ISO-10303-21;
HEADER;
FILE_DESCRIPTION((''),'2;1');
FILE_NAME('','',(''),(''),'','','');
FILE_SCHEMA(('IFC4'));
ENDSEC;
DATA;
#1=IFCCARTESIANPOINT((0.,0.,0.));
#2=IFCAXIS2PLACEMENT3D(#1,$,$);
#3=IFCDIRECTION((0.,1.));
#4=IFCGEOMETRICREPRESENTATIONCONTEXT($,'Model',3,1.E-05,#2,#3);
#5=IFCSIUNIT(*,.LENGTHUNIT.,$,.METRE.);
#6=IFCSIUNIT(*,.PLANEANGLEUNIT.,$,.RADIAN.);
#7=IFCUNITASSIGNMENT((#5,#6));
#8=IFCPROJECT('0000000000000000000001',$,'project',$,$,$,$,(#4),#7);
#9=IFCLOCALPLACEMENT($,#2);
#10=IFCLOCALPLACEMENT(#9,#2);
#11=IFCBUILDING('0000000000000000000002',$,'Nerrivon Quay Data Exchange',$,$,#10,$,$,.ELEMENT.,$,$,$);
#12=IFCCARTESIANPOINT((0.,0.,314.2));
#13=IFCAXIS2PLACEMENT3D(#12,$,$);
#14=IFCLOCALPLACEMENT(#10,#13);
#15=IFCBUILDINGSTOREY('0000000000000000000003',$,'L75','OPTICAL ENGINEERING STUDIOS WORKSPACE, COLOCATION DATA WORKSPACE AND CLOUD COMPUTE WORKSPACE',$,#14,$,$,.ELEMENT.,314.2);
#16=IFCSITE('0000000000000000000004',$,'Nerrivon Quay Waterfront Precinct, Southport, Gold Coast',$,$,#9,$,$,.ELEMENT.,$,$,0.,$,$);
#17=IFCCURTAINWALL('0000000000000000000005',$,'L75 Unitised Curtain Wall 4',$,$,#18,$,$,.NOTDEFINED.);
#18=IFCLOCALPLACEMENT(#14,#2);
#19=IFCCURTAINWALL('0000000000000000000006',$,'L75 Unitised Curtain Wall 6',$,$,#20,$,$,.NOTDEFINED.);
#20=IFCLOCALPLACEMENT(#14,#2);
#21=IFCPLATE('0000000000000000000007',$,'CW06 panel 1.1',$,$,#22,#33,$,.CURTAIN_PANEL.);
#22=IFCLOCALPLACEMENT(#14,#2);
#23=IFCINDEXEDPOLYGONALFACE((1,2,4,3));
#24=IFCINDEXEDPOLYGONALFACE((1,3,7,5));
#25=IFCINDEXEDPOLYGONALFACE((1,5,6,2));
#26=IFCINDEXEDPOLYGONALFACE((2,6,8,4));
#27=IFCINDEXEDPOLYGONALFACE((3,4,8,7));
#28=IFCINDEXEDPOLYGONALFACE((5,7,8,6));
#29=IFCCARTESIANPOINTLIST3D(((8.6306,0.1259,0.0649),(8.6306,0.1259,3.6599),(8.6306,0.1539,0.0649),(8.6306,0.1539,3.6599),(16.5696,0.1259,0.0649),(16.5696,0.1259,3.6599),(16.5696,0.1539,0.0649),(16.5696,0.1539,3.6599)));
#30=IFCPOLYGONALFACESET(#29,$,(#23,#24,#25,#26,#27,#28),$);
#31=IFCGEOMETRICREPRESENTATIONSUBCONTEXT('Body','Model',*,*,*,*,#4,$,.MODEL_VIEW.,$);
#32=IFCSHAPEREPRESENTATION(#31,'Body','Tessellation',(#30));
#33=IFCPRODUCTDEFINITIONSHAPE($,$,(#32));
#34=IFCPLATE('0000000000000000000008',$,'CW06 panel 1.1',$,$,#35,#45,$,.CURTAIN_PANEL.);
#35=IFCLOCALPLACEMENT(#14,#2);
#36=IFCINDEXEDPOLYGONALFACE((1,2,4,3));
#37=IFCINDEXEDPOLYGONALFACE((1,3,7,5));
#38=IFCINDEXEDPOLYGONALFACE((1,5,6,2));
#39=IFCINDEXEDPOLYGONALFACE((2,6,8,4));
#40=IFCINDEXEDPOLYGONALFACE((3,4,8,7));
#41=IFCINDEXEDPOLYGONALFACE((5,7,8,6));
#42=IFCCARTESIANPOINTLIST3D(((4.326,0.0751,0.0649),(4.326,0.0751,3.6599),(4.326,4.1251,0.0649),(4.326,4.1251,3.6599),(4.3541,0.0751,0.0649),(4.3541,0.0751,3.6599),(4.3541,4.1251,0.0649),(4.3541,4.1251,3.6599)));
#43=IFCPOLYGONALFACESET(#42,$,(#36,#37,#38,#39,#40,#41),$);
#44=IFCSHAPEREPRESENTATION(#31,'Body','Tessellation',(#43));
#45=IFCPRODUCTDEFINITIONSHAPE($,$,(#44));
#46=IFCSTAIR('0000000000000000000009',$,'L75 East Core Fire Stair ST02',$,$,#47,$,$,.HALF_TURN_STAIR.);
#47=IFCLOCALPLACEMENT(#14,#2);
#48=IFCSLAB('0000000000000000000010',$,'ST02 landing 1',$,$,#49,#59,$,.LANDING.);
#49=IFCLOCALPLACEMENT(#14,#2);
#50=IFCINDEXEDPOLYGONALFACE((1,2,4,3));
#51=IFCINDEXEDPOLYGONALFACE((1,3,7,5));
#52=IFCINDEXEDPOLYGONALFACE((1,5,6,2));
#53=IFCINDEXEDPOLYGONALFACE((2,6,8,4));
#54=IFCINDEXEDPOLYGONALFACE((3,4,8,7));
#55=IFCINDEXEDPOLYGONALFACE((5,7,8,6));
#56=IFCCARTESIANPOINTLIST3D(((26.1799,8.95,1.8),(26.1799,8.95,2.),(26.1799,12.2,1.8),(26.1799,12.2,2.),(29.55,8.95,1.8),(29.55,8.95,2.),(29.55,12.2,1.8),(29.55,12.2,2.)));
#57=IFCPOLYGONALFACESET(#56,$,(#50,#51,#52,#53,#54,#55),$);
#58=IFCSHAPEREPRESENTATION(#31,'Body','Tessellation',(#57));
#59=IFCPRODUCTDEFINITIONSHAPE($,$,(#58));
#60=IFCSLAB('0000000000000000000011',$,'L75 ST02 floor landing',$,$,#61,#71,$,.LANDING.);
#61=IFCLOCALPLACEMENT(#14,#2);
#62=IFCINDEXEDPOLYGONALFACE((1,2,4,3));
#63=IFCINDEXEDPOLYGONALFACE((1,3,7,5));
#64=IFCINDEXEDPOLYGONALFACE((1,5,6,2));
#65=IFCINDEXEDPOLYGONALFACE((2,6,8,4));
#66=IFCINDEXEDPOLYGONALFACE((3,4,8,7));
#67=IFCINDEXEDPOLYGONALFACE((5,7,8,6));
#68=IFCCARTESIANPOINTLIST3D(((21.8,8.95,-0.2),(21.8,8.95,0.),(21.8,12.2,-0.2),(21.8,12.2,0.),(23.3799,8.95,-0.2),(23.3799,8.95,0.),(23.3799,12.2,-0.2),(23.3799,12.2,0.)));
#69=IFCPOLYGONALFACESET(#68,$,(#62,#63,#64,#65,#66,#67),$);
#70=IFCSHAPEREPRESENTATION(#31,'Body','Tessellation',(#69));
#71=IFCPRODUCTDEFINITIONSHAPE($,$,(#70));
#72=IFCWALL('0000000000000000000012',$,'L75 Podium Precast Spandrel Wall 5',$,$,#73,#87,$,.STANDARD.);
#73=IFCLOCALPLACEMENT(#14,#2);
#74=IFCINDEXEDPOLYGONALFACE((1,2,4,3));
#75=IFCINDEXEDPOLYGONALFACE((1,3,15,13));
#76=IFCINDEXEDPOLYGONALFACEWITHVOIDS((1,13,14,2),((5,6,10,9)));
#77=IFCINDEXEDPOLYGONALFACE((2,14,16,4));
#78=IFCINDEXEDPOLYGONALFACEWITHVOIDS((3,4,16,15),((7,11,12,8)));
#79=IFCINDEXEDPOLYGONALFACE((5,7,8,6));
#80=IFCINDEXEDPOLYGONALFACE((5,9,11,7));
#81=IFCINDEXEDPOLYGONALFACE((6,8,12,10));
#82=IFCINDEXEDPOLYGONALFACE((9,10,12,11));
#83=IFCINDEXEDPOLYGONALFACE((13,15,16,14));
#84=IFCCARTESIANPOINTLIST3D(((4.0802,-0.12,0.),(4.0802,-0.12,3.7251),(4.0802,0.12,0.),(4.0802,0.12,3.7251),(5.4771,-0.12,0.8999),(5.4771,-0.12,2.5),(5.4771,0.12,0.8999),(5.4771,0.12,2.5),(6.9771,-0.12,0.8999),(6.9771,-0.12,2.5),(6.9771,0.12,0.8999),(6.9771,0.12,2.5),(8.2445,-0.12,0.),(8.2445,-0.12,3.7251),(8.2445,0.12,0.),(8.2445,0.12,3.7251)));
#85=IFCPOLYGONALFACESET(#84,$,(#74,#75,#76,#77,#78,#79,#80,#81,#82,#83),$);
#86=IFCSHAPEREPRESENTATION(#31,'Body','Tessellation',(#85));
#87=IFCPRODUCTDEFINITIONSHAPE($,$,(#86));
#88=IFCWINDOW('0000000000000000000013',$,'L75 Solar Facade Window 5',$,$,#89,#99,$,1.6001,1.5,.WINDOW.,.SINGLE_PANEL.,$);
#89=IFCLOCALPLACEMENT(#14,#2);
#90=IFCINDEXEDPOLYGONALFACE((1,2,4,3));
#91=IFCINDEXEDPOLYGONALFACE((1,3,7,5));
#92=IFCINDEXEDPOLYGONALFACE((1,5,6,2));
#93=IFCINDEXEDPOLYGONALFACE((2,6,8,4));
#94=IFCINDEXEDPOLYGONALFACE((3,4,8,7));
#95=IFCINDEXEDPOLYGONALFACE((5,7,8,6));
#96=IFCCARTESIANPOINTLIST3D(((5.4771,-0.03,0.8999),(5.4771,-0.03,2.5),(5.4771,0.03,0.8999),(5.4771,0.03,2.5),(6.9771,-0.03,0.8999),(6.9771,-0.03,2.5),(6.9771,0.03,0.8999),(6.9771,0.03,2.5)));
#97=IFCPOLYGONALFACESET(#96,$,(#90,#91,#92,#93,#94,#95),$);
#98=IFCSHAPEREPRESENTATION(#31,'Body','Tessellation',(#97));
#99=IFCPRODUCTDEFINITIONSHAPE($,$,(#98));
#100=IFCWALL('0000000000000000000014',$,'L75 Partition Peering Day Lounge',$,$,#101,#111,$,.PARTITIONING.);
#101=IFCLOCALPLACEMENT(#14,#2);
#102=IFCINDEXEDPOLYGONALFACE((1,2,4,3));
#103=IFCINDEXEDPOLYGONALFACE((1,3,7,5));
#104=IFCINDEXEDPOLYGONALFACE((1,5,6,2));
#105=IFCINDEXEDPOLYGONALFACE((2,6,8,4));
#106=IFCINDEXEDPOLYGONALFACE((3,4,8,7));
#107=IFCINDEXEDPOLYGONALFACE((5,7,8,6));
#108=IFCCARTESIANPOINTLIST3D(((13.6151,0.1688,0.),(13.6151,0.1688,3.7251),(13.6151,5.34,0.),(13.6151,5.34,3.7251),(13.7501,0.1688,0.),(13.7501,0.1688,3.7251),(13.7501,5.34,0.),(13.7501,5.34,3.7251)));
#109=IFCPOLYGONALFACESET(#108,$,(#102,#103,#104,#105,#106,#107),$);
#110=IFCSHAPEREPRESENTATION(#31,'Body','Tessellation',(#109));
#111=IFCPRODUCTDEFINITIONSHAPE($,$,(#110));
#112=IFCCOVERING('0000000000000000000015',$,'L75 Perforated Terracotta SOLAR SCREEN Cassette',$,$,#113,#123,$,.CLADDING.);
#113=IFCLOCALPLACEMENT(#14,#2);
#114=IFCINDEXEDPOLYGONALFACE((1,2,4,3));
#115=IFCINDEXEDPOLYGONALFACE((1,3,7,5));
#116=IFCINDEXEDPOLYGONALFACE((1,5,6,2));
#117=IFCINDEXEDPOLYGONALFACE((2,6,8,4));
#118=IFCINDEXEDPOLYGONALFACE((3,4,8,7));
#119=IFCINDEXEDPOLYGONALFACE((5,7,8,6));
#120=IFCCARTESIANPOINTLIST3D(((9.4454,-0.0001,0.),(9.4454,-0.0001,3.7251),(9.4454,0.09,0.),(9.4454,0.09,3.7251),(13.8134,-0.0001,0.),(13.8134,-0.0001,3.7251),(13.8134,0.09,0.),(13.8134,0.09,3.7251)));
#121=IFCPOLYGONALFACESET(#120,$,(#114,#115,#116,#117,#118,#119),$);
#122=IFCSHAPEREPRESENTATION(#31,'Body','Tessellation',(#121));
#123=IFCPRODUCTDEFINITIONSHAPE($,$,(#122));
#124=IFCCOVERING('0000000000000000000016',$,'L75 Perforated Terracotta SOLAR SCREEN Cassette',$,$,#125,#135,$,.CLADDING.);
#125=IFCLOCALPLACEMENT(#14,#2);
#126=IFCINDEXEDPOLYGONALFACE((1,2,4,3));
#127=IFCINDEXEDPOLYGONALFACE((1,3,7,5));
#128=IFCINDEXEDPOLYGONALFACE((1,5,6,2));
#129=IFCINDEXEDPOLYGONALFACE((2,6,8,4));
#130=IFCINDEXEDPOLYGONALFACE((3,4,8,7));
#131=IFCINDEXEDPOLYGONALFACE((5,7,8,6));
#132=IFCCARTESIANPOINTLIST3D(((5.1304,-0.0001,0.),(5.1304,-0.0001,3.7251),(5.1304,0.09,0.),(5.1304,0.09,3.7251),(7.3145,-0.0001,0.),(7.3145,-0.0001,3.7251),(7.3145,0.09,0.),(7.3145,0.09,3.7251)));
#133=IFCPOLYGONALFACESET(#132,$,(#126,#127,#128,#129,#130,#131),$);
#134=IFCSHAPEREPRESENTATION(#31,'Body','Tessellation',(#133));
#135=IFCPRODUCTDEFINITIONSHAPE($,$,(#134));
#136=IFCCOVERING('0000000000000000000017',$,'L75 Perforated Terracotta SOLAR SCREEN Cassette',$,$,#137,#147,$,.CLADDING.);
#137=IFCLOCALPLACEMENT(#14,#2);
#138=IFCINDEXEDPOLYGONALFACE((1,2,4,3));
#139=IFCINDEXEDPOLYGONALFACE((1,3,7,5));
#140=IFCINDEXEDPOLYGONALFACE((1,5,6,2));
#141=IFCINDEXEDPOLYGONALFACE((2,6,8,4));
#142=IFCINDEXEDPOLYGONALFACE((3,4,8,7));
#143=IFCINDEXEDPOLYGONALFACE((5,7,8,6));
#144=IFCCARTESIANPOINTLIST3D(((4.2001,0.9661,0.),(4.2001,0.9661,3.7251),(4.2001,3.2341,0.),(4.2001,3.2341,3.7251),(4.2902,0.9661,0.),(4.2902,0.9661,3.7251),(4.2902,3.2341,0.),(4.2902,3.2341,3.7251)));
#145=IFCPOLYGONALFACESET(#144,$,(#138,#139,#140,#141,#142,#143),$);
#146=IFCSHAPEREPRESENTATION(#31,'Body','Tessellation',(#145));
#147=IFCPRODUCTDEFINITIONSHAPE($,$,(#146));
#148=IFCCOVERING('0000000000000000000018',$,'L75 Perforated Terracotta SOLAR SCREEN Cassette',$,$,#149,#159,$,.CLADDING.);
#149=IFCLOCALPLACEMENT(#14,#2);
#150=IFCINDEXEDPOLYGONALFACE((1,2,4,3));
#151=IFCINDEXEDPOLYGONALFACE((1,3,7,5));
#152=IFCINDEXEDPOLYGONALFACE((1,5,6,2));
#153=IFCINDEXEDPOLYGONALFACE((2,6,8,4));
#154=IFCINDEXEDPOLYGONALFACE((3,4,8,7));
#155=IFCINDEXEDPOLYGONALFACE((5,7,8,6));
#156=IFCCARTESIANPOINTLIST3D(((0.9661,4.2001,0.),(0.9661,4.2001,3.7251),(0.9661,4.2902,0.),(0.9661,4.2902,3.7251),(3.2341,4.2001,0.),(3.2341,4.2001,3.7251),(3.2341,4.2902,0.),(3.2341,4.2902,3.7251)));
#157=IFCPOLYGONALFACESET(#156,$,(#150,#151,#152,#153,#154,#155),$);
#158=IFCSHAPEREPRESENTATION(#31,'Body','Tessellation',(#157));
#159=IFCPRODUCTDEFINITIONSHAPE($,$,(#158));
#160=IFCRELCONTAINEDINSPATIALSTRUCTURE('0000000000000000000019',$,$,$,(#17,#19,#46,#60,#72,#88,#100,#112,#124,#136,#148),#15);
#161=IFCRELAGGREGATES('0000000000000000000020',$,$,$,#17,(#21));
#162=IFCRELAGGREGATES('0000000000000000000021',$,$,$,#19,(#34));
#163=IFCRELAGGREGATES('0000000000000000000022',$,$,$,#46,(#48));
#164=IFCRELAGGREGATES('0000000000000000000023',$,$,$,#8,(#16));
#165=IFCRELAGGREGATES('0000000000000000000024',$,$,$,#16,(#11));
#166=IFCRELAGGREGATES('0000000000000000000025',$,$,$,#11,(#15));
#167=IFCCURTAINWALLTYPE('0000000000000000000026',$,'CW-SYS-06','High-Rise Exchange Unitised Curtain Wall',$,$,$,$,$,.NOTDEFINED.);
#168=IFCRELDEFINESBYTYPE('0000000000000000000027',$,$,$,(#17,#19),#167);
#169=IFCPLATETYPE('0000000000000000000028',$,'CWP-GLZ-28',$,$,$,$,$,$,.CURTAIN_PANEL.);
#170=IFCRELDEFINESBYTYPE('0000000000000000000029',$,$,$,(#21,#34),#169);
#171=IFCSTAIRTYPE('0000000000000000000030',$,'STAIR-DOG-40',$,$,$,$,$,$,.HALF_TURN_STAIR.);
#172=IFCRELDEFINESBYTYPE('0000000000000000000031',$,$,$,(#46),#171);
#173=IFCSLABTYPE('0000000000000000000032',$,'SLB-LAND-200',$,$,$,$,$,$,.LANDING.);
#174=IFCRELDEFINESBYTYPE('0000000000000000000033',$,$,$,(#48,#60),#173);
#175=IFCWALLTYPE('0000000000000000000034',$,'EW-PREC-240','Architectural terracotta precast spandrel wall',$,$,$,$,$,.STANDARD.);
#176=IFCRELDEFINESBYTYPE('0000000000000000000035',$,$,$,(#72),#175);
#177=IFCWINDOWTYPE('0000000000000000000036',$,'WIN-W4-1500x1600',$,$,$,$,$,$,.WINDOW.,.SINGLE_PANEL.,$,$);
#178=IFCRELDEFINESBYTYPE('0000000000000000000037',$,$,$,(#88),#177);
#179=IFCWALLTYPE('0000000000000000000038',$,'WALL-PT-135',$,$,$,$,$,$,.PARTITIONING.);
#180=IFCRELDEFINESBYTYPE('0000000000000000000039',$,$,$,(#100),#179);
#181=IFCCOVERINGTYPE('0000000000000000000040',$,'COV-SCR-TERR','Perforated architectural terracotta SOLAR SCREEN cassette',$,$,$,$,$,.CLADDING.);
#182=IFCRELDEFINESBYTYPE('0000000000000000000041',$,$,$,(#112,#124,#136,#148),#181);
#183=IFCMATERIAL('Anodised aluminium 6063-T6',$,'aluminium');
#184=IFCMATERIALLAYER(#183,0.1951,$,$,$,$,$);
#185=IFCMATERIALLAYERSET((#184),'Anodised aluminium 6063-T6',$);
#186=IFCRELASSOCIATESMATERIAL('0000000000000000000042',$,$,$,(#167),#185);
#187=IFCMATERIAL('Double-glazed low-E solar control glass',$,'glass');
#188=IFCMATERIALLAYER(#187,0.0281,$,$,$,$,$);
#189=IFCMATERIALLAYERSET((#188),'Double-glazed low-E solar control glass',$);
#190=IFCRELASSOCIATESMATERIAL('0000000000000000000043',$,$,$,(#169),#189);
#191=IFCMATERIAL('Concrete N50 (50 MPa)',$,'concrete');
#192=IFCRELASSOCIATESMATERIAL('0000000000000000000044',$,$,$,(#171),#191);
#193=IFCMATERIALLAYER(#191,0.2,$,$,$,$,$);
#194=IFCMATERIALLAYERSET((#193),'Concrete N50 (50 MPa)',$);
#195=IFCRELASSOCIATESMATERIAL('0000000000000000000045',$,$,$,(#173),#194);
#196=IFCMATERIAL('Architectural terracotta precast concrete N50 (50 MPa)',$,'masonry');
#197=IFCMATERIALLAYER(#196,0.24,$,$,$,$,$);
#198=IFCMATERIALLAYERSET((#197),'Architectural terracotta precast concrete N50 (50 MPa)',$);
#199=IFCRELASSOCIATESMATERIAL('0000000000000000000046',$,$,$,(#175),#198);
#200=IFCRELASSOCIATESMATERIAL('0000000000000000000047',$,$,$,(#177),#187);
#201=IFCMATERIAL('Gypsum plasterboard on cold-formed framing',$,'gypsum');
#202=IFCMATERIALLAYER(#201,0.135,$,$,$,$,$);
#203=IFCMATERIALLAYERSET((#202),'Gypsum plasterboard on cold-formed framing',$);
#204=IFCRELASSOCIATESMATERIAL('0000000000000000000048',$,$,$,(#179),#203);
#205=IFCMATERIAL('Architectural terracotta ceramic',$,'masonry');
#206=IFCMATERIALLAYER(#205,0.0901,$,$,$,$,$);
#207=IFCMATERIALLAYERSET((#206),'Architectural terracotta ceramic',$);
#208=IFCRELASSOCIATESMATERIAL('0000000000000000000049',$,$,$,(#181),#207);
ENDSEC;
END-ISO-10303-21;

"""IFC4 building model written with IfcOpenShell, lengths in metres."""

from ifc_helpers import new_model, si_unit, direction, frame, frame_2d, origin, origin_2d, place, context, subcontext, project, spatial, polyline, rectangle, outline, extrude, material, layer, layer_set, type_object, element, fill, aggregate, save


model = new_model("IFC4")

# Units and contexts
model_context = context("Model", 3, precision=1e-05, world=origin(), true_north=direction((0.0, 1.0)))
body_context = subcontext(model_context, "Body", "Model", "MODEL_VIEW")
ifc_project = project(units=[si_unit("LENGTHUNIT", "METRE"), si_unit("PLANEANGLEUNIT", "RADIAN")], contexts=[model_context])

# Site, building, storey
site_placement = place(None, origin())
site = spatial("IfcSite", under=ifc_project, at=site_placement, Name="Nerrivon Quay Waterfront Precinct, Southport, Gold Coast", CompositionType="ELEMENT", RefElevation=0.0)
building_placement = place(site_placement, origin())
building = spatial("IfcBuilding", under=site, at=building_placement, Name="Nerrivon Quay Data Exchange", CompositionType="ELEMENT")
storey_placement = place(building_placement, frame((0.0, 0.0, 314.2)))
storey = spatial("IfcBuildingStorey", under=building, at=storey_placement, Name="L75", Description="OPTICAL ENGINEERING STUDIOS WORKSPACE, COLOCATION DATA WORKSPACE AND CLOUD COMPUTE WORKSPACE", CompositionType="ELEMENT", Elevation=314.2)

# Curtain wall
ifc_material_1 = material(Name="Anodised aluminium 6063-T6", Category="aluminium")
ifc_layer_1 = layer(ifc_material_1, 0.1951)
ifc_layer_set_1 = layer_set([ifc_layer_1], Name="Anodised aluminium 6063-T6")
curtain_wall_type = type_object("IfcCurtainWallType", Name="CW-SYS-06", Description="High-Rise Exchange Unitised Curtain Wall", PredefinedType="NOTDEFINED", material=ifc_layer_set_1)
curtain_wall_1_placement = place(storey_placement, origin())
curtain_wall_1 = element("IfcCurtainWall", 1, at=curtain_wall_1_placement, inside=storey, type_object=curtain_wall_type, Name="L75 Unitised Curtain Wall 4", PredefinedType="NOTDEFINED")

# Curtain wall
curtain_wall_2_placement = place(storey_placement, origin())
curtain_wall_2 = element("IfcCurtainWall", 2, at=curtain_wall_2_placement, inside=storey, type_object=curtain_wall_type, Name="L75 Unitised Curtain Wall 6", PredefinedType="NOTDEFINED")

# Plates
ifc_material_2 = material(Name="Double-glazed low-E solar control glass", Category="glass")
ifc_layer_2 = layer(ifc_material_2, 0.0281)
ifc_layer_set_2 = layer_set([ifc_layer_2], Name="Double-glazed low-E solar control glass")
plate_type = type_object("IfcPlateType", Name="CWP-GLZ-28", PredefinedType="CURTAIN_PANEL", material=ifc_layer_set_2)
plate_1_placement = place(storey_placement, frame((12.6001, 0.1399, 0.0649), z_axis=(0.0, 0.0, 1.0), x_axis=(-1.0, 0.0, 0.0)))
plate_1 = element("IfcPlate", 3, at=plate_1_placement, type_object=plate_type, Name="CW06 panel 1.1", PredefinedType="CURTAIN_PANEL", context=body_context, shape_type="SweptSolid", body=[
    extrude(rectangle(XDim=7.939, YDim=0.0281, at=origin_2d()), origin(), (0.0, 0.0, 1.0), 3.595),
])
aggregate(curtain_wall_1, [plate_1])
plate_2_placement = place(storey_placement, frame((4.3401, 2.1001, 0.0649), z_axis=(0.0, 0.0, 1.0), x_axis=(0.0, 1.0, 0.0)))
plate_2 = element("IfcPlate", 4, at=plate_2_placement, type_object=plate_type, Name="CW06 panel 1.1", PredefinedType="CURTAIN_PANEL", context=body_context, shape_type="SweptSolid", body=[
    extrude(rectangle(XDim=4.05, YDim=0.0281, at=origin_2d()), origin(), (0.0, 0.0, 1.0), 3.595),
])
aggregate(curtain_wall_2, [plate_2])

# Stair, slab
ifc_material_3 = material(Name="Concrete N50 (50 MPa)", Category="concrete")
stair_type = type_object("IfcStairType", Name="STAIR-DOG-40", PredefinedType="HALF_TURN_STAIR", material=ifc_material_3)
stair_placement = place(storey_placement, origin())
stair = element("IfcStair", 5, at=stair_placement, inside=storey, type_object=stair_type, Name="L75 East Core Fire Stair ST02", PredefinedType="HALF_TURN_STAIR")
ifc_layer_3 = layer(ifc_material_3, 0.2)
ifc_layer_set_3 = layer_set([ifc_layer_3], Name="Concrete N50 (50 MPa)")
slab_type = type_object("IfcSlabType", Name="SLB-LAND-200", PredefinedType="LANDING", material=ifc_layer_set_3)
slab_1_placement = place(storey_placement, frame((0.0, 0.0, 1.8)))
slab_1 = element("IfcSlab", 6, at=slab_1_placement, type_object=slab_type, Name="ST02 landing 1", PredefinedType="LANDING", context=body_context, shape_type="SweptSolid", body=[
    extrude(outline(polyline([(26.1799, 8.95), (29.55, 8.95), (29.55, 12.2), (26.1799, 12.2), (26.1799, 8.95)])), origin(), (0.0, 0.0, 1.0), 0.2),
])
aggregate(stair, [slab_1])

# Slab
slab_2_placement = place(storey_placement, frame((0.0, 0.0, -0.2)))
element("IfcSlab", 7, at=slab_2_placement, inside=storey, type_object=slab_type, Name="L75 ST02 floor landing", PredefinedType="LANDING", context=body_context, shape_type="SweptSolid", body=[
    extrude(outline(polyline([(21.8, 8.95), (23.3799, 8.95), (23.3799, 12.2), (21.8, 12.2), (21.8, 8.95)])), origin(), (0.0, 0.0, 1.0), 0.2),
])

# Wall, opening, window
ifc_material_4 = material(Name="Architectural terracotta precast concrete N50 (50 MPa)", Category="masonry")
ifc_layer_4 = layer(ifc_material_4, 0.24)
ifc_layer_set_4 = layer_set([ifc_layer_4], Name="Architectural terracotta precast concrete N50 (50 MPa)")
wall_type_1 = type_object("IfcWallType", Name="EW-PREC-240", Description="Architectural terracotta precast spandrel wall", PredefinedType="STANDARD", material=ifc_layer_set_4)
wall_1_placement = place(storey_placement, frame((8.2444, 0.0, 0.0), z_axis=(0.0, 0.0, 1.0), x_axis=(-1.0, 0.0, 0.0)))
wall_1 = element("IfcWall", 8, at=wall_1_placement, inside=storey, type_object=wall_type_1, Name="L75 Podium Precast Spandrel Wall 5", PredefinedType="STANDARD", context=body_context, shape_type="SweptSolid", body=[
    extrude(rectangle(XDim=4.1643, YDim=0.24, at=frame_2d((2.082, 0.0))), origin(), (0.0, 0.0, 1.0), 3.7251),
])
opening_placement = place(wall_1_placement, frame((1.2673, 0.0, 0.8999)))
opening = element("IfcOpeningElement", 9, at=opening_placement, cuts=wall_1, PredefinedType="OPENING", context=body_context, shape_type="SweptSolid", body=[
    extrude(rectangle(XDim=1.5, YDim=1.6001, at=frame_2d((0.75, 0.8))), frame((0.0, 0.1299, 0.0), z_axis=(0.0, -1.0, 0.0), x_axis=(1.0, 0.0, 0.0)), (0.0, 0.0, 1.0), 0.26),
])
window_type = type_object("IfcWindowType", Name="WIN-W4-1500x1600", PartitioningType="SINGLE_PANEL", PredefinedType="WINDOW", material=ifc_material_2)
window_placement = place(opening_placement, origin())
window = element("IfcWindow", 10, at=window_placement, inside=storey, type_object=window_type, Name="L75 Solar Facade Window 5", OverallHeight=1.6001, OverallWidth=1.5, PartitioningType="SINGLE_PANEL", PredefinedType="WINDOW", context=body_context, shape_type="SweptSolid", body=[
    extrude(rectangle(XDim=1.5, YDim=1.6001, at=frame_2d((0.75, 0.8))), frame((0.0, 0.03, 0.0), z_axis=(0.0, -1.0, 0.0), x_axis=(1.0, 0.0, 0.0)), (0.0, 0.0, 1.0), 0.0601),
])
fill(opening, window)

# Wall
ifc_material_5 = material(Name="Gypsum plasterboard on cold-formed framing", Category="gypsum")
ifc_layer_5 = layer(ifc_material_5, 0.135)
ifc_layer_set_5 = layer_set([ifc_layer_5], Name="Gypsum plasterboard on cold-formed framing")
wall_type_2 = type_object("IfcWallType", Name="WALL-PT-135", PredefinedType="PARTITIONING", material=ifc_layer_set_5)
wall_2_placement = place(storey_placement, frame((13.6826, 0.1689, 0.0), z_axis=(0.0, 0.0, 1.0), x_axis=(0.0, 1.0, 0.0)))
element("IfcWall", 11, at=wall_2_placement, inside=storey, type_object=wall_type_2, Name="L75 Partition Peering Day Lounge", PredefinedType="PARTITIONING", context=body_context, shape_type="SweptSolid", body=[
    extrude(rectangle(XDim=5.1711, YDim=0.135, at=frame_2d((2.5854, 0.0))), origin(), (0.0, 0.0, 1.0), 3.7251),
])

# Coverings
ifc_material_6 = material(Name="Architectural terracotta ceramic", Category="masonry")
ifc_layer_6 = layer(ifc_material_6, 0.0901)
ifc_layer_set_6 = layer_set([ifc_layer_6], Name="Architectural terracotta ceramic")
covering_type = type_object("IfcCoveringType", Name="COV-SCR-TERR", Description="Perforated architectural terracotta SOLAR SCREEN cassette", PredefinedType="CLADDING", material=ifc_layer_set_6)
covering_1_placement = place(storey_placement, frame((11.6294, 0.0449, 0.0), z_axis=(0.0, 0.0, 1.0), x_axis=(-1.0, 0.0, 0.0)))
element("IfcCovering", 12, at=covering_1_placement, inside=storey, type_object=covering_type, Name="L75 Perforated Terracotta SOLAR SCREEN Cassette", PredefinedType="CLADDING", context=body_context, shape_type="SweptSolid", body=[
    extrude(rectangle(XDim=4.3679, YDim=0.0901, at=origin_2d()), origin(), (0.0, 0.0, 1.0), 3.7251),
])
covering_2_placement = place(storey_placement, frame((6.2224, 0.0449, 0.0), z_axis=(0.0, 0.0, 1.0), x_axis=(-1.0, 0.0, 0.0)))
element("IfcCovering", 13, at=covering_2_placement, inside=storey, type_object=covering_type, Name="L75 Perforated Terracotta SOLAR SCREEN Cassette", PredefinedType="CLADDING", context=body_context, shape_type="SweptSolid", body=[
    extrude(rectangle(XDim=2.1841, YDim=0.0901, at=origin_2d()), origin(), (0.0, 0.0, 1.0), 3.7251),
])
for number, where, z_axis, x_axis, name in (
    (14, (4.2451, 2.1001, 0.0), (0.0, 0.0, 1.0), (0.0, 1.0, 0.0), "L75 Perforated Terracotta SOLAR SCREEN Cassette"),
    (15, (2.1001, 4.2451, 0.0), (0.0, 0.0, 1.0), (-1.0, 0.0, 0.0), "L75 Perforated Terracotta SOLAR SCREEN Cassette"),
):
    element("IfcCovering", number, at=place(storey_placement, frame(where, z_axis=z_axis, x_axis=x_axis)), inside=storey, type_object=covering_type, Name=name, PredefinedType="CLADDING", context=body_context, shape_type="SweptSolid", body=[
        extrude(rectangle(XDim=2.2681, YDim=0.0901, at=origin_2d()), origin(), (0.0, 0.0, 1.0), 3.7251),
    ])

save(model, "model.ifc")
